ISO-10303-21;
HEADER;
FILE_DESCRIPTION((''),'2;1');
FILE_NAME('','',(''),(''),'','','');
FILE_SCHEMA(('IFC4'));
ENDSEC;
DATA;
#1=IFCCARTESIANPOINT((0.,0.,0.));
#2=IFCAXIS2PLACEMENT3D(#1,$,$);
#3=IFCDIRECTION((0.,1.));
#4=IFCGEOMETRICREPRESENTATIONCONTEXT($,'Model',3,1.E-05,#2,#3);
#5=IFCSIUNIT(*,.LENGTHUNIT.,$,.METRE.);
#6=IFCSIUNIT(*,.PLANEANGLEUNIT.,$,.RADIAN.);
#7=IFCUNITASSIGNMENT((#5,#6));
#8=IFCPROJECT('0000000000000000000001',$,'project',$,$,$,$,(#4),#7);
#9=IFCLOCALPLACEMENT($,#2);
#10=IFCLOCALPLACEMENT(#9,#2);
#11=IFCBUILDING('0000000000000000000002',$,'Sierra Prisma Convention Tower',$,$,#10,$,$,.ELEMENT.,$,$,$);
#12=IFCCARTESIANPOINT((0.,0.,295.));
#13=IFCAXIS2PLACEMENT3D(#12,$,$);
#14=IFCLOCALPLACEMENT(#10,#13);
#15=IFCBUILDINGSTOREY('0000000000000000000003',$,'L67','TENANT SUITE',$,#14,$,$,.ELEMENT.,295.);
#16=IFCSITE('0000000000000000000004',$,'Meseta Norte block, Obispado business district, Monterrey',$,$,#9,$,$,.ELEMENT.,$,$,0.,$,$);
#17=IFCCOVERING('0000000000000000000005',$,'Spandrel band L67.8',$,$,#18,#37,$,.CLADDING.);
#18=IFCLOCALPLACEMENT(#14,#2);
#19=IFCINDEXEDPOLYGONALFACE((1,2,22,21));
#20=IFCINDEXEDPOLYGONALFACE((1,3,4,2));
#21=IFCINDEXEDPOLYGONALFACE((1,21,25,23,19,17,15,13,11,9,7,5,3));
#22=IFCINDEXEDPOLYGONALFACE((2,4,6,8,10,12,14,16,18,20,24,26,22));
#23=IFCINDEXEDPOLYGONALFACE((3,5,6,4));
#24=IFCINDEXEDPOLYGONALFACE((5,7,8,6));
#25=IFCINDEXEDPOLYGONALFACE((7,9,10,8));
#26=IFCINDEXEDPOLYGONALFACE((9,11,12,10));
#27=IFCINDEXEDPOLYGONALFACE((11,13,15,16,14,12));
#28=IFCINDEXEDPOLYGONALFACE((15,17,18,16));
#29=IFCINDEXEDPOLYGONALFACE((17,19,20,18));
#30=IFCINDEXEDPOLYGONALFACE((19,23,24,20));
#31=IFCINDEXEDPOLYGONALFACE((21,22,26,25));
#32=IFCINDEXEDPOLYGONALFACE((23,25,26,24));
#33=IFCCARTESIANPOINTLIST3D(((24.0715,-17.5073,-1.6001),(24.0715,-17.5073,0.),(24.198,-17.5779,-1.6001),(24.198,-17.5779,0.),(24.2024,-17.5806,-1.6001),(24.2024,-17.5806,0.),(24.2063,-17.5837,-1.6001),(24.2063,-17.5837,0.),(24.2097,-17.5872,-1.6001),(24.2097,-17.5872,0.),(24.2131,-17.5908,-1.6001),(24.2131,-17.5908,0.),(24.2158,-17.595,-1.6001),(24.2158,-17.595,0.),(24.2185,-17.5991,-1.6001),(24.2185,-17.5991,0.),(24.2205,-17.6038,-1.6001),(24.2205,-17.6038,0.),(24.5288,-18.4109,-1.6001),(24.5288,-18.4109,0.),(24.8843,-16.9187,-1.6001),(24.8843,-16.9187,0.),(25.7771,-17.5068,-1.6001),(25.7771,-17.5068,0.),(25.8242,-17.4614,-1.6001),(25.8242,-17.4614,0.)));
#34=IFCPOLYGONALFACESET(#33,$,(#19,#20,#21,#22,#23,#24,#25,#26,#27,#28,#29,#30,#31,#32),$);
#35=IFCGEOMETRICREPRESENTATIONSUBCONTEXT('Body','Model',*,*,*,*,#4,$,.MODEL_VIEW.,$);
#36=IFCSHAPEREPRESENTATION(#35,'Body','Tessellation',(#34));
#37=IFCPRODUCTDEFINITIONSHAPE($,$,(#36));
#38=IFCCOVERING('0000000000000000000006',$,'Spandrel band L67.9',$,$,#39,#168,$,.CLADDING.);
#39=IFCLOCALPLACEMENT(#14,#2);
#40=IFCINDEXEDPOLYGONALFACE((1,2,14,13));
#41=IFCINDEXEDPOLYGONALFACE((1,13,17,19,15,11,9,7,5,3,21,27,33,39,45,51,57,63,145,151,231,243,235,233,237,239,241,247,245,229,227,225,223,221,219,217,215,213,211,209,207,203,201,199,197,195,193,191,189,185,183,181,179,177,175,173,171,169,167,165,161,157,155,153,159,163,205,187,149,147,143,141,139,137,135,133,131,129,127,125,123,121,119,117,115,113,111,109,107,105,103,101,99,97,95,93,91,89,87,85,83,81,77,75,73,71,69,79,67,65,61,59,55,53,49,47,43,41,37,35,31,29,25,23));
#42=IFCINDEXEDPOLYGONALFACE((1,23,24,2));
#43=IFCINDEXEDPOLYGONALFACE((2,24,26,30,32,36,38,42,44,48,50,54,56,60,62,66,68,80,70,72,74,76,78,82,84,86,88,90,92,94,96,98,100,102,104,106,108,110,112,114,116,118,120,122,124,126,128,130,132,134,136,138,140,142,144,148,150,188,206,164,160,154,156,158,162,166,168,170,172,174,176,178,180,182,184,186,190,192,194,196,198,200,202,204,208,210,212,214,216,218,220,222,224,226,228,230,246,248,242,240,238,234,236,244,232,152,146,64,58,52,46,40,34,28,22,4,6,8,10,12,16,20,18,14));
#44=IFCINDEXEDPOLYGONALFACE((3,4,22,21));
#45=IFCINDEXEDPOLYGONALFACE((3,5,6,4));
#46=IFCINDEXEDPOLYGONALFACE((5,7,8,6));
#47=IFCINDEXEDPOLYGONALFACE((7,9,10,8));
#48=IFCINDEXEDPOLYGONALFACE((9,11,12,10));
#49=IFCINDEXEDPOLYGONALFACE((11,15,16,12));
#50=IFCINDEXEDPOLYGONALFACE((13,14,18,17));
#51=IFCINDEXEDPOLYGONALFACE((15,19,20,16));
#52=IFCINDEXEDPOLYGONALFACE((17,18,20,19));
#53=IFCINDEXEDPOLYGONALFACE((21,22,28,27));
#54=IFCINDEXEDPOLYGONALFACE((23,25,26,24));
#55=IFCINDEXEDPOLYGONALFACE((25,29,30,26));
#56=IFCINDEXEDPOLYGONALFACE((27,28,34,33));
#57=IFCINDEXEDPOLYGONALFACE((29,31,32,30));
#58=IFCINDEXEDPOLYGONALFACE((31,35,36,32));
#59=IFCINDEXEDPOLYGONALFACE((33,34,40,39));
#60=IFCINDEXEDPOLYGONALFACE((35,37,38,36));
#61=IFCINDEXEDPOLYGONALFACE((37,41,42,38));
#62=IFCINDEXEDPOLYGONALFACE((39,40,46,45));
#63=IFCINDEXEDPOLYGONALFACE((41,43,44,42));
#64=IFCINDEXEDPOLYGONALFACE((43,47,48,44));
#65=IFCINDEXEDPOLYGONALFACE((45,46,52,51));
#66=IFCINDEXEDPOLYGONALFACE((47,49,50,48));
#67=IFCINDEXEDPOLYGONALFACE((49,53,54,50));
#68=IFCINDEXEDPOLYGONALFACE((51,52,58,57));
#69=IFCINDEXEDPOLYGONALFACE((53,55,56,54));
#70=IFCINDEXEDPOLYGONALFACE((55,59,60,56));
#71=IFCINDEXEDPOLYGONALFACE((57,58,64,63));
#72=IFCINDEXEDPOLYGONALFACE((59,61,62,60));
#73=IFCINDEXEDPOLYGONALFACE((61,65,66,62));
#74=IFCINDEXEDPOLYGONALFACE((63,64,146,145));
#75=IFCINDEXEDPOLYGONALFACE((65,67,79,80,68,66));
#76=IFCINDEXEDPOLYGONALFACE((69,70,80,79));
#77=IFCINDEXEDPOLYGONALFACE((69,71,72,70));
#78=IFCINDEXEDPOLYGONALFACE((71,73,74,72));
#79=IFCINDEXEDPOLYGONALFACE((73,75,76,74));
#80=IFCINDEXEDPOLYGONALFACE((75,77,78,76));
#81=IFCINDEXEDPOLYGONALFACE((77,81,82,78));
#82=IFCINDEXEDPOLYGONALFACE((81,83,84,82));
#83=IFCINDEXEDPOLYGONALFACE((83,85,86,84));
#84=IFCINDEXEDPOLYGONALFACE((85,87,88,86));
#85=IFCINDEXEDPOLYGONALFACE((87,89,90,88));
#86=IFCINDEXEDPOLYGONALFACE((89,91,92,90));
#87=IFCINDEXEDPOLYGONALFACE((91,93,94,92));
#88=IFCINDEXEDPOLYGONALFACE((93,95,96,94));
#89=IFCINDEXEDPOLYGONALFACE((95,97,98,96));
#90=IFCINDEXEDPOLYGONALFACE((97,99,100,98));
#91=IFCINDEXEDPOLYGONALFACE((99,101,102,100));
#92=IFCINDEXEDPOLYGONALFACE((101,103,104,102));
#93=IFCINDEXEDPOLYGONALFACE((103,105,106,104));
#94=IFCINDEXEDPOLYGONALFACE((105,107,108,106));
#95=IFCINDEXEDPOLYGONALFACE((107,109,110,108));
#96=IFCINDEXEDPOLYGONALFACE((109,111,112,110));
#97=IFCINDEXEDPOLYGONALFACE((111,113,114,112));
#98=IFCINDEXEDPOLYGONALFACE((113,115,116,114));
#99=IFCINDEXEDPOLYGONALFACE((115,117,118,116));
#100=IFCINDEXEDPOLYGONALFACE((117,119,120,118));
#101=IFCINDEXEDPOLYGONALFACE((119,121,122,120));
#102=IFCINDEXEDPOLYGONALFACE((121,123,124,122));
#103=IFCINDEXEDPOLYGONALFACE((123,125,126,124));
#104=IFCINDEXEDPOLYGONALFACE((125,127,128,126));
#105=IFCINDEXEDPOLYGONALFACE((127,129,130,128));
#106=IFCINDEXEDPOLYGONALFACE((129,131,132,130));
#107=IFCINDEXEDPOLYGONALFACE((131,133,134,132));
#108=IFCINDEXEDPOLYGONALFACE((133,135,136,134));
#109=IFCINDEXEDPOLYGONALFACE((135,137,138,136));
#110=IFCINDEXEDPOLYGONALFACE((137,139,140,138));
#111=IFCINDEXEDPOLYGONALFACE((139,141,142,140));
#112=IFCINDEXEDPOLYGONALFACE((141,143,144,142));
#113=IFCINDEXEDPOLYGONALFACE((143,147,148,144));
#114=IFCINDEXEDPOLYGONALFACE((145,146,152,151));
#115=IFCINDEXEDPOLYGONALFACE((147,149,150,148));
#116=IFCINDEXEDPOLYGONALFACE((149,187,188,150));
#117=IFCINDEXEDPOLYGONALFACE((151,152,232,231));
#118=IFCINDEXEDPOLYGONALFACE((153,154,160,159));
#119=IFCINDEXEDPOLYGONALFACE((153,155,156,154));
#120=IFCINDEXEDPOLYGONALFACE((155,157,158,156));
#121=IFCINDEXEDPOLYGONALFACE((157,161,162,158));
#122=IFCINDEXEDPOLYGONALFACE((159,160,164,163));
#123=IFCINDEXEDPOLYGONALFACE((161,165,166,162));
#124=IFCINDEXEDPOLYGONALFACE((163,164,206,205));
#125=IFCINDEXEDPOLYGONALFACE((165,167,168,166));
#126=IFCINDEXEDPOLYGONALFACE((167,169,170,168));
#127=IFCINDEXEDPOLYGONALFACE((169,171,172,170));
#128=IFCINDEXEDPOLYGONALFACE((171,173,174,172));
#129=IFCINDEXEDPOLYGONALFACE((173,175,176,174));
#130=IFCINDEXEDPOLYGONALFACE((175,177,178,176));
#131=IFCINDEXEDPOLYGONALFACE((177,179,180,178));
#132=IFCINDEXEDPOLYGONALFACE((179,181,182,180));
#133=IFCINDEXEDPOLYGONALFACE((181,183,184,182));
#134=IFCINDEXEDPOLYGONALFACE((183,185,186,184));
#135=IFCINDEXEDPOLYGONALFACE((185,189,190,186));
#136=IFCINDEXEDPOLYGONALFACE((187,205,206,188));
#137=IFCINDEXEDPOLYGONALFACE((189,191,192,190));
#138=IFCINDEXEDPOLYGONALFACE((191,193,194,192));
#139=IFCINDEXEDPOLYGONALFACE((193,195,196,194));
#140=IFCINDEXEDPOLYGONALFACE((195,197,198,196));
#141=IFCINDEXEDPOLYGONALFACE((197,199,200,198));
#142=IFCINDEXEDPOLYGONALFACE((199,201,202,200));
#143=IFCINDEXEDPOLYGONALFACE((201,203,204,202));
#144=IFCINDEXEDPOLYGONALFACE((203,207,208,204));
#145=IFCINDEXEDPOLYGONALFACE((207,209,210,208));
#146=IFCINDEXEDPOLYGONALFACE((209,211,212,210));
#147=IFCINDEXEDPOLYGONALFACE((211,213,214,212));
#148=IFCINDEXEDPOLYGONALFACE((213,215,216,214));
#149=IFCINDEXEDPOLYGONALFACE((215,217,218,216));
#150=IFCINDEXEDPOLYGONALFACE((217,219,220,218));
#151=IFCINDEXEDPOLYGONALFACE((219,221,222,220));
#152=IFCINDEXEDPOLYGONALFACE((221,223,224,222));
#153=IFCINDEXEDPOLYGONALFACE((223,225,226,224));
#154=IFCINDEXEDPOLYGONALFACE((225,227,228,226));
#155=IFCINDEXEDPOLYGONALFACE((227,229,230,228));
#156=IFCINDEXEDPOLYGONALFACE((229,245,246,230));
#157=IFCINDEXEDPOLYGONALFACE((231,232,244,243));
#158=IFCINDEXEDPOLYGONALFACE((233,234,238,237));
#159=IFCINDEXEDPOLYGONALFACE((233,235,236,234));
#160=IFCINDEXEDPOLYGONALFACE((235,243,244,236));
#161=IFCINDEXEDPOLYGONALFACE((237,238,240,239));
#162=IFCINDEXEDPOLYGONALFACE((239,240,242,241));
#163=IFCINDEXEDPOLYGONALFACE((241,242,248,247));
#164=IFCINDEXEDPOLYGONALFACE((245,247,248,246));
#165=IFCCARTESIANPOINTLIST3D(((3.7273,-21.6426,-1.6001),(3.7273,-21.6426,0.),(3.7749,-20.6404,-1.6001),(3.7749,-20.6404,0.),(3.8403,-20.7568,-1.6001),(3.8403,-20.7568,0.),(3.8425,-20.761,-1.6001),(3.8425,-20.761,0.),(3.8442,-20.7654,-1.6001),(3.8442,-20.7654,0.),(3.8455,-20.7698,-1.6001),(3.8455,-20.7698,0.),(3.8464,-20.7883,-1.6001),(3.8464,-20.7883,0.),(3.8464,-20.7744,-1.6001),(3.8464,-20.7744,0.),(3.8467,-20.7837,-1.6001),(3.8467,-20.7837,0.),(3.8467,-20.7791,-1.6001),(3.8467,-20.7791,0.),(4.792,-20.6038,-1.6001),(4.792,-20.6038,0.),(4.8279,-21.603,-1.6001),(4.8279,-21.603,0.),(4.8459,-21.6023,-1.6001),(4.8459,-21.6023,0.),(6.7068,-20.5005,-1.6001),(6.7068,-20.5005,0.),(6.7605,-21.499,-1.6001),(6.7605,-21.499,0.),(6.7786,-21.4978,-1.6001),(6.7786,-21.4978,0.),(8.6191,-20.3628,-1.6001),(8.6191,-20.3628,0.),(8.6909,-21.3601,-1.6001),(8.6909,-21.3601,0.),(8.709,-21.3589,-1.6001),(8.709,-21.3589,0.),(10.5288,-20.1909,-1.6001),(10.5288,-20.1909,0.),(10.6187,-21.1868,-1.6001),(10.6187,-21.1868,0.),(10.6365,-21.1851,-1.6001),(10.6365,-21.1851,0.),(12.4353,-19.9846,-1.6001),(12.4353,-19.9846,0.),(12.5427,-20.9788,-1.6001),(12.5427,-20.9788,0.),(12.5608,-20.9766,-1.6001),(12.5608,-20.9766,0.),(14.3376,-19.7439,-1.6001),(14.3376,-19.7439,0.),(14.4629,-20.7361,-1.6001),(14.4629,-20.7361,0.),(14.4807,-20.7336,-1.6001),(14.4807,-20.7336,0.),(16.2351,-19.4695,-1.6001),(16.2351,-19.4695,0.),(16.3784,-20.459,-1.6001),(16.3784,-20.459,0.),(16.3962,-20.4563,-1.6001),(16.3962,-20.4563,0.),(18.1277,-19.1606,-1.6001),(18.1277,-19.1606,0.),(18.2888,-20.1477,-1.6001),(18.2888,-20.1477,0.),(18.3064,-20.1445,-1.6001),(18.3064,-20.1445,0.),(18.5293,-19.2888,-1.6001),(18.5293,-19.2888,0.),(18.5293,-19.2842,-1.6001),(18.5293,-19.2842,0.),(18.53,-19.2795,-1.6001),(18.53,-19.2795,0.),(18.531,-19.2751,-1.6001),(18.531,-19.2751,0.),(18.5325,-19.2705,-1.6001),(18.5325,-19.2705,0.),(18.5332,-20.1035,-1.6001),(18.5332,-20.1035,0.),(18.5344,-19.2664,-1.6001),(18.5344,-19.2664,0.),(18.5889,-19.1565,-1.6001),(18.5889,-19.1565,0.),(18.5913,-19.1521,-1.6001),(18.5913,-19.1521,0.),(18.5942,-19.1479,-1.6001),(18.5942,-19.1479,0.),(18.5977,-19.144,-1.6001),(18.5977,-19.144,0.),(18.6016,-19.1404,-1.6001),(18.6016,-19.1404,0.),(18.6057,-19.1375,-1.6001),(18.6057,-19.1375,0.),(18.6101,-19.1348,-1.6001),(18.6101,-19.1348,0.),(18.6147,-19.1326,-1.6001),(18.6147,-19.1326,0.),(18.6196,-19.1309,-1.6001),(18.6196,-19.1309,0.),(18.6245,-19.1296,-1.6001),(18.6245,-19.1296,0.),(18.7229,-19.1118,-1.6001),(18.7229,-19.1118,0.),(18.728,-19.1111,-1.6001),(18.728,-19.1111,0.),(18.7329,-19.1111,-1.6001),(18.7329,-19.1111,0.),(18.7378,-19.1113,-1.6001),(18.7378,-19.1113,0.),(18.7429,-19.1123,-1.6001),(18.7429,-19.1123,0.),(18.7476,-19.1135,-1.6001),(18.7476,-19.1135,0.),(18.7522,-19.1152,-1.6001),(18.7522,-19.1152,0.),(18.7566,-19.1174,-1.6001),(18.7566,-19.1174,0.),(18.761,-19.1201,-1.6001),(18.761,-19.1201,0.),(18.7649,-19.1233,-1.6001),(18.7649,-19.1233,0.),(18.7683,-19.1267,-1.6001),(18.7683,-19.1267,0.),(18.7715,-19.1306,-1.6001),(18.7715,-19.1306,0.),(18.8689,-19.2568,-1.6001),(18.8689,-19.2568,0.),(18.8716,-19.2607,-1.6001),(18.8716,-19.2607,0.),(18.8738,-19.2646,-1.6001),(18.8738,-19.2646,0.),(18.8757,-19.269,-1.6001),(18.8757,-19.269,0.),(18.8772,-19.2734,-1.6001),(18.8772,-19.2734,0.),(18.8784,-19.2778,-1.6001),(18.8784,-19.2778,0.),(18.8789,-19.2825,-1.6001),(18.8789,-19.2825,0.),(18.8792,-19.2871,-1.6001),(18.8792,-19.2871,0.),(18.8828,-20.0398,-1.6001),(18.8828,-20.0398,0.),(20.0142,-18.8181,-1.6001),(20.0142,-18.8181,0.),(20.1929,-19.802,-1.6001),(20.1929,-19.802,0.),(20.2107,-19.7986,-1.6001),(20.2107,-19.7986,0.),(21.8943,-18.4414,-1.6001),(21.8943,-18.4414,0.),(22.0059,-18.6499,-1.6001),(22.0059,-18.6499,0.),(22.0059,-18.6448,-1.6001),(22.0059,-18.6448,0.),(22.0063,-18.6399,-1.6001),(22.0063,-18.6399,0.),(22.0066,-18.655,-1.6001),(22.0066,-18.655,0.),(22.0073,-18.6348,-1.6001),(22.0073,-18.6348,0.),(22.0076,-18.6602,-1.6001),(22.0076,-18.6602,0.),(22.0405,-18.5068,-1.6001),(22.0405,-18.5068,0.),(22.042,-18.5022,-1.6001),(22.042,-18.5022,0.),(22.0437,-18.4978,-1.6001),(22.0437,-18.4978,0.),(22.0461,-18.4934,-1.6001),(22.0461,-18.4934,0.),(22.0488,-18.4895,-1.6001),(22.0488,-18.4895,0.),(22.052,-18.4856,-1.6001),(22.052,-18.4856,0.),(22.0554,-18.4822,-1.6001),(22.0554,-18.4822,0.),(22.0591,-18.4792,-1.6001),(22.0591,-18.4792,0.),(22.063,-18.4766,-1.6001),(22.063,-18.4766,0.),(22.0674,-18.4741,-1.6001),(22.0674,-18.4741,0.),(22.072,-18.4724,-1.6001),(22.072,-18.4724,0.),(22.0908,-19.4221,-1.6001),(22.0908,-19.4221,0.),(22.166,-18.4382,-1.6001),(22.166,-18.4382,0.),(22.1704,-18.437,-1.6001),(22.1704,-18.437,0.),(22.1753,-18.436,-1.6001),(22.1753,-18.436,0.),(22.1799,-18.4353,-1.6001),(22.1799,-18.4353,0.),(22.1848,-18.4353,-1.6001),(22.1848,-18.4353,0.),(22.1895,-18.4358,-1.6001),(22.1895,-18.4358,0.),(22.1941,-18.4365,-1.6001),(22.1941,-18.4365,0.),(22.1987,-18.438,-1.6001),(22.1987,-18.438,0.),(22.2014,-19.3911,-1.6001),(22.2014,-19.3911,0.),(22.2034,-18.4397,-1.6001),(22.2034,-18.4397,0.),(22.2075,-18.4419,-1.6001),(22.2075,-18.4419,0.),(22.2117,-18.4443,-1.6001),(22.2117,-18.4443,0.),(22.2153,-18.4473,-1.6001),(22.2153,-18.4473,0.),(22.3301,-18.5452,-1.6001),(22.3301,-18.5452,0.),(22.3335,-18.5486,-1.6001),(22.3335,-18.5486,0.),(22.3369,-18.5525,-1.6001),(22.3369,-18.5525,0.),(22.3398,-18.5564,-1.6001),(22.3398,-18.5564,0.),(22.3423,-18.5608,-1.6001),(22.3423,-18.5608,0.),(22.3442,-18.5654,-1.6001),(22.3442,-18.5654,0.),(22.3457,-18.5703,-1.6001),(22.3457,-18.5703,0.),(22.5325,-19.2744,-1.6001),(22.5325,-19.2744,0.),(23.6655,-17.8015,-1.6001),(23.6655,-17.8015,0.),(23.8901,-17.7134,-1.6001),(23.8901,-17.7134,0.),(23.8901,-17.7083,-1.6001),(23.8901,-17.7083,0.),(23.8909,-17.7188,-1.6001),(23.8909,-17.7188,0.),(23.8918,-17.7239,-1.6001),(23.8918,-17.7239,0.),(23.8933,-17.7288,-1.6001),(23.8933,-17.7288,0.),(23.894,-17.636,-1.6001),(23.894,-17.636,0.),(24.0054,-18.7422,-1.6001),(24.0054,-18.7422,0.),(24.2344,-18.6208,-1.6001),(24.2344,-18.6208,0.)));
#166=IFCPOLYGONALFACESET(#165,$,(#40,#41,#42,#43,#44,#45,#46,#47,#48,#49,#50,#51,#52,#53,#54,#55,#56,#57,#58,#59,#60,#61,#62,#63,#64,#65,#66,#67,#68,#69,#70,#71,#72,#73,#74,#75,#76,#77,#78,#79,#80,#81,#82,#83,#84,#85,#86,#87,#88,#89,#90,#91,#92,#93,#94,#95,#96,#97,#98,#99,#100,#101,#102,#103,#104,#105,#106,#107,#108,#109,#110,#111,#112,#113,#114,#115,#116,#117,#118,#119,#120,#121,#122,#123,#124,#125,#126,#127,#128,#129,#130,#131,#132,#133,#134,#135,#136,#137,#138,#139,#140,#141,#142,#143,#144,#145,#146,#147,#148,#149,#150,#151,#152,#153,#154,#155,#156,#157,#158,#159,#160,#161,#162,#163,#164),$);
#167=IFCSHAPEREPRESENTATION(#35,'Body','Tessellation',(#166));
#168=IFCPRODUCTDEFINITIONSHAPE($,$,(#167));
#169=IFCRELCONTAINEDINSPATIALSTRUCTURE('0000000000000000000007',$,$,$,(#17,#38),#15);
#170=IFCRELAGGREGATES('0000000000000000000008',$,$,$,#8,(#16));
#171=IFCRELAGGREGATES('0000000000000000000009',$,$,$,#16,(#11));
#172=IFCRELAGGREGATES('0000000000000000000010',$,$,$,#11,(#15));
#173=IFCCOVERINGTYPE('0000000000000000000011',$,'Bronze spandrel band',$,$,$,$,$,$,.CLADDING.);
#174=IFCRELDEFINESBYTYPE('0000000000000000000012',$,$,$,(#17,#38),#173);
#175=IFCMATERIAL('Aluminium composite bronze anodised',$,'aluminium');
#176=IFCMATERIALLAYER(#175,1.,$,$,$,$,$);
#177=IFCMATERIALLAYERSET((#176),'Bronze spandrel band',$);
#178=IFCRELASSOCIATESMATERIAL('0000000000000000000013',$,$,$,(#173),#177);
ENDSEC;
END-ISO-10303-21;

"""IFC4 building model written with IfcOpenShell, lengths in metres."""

from ifc_helpers import new_model, si_unit, direction, frame, origin, place, context, subcontext, project, spatial, polyline, outline, extrude, material, layer, layer_set, type_object, element, save


model = new_model("IFC4")

# Units and contexts
model_context = context("Model", 3, precision=1e-05, world=origin(), true_north=direction((0.0, 1.0)))
body_context = subcontext(model_context, "Body", "Model", "MODEL_VIEW")
ifc_project = project(units=[si_unit("LENGTHUNIT", "METRE"), si_unit("PLANEANGLEUNIT", "RADIAN")], contexts=[model_context])

# Site, building, storey
site_placement = place(None, origin())
site = spatial("IfcSite", under=ifc_project, at=site_placement, Name="Meseta Norte block, Obispado business district, Monterrey", CompositionType="ELEMENT", RefElevation=0.0)
building_placement = place(site_placement, origin())
building = spatial("IfcBuilding", under=site, at=building_placement, Name="Sierra Prisma Convention Tower", CompositionType="ELEMENT")
storey_placement = place(building_placement, frame((0.0, 0.0, 295.0)))
storey = spatial("IfcBuildingStorey", under=building, at=storey_placement, Name="L67", Description="TENANT SUITE", CompositionType="ELEMENT", Elevation=295.0)

# Coverings
ifc_material_1 = material(Name="Aluminium composite bronze anodised", Category="aluminium")
ifc_layer_1 = layer(ifc_material_1, 1.0)
ifc_layer_set_1 = layer_set([ifc_layer_1], Name="Bronze spandrel band")
covering_type_1 = type_object("IfcCoveringType", Name="Bronze spandrel band", PredefinedType="CLADDING", material=ifc_layer_set_1)
covering_1_placement = place(storey_placement, frame((0.0, 0.0, -1.6001)))
element("IfcCovering", 1, at=covering_1_placement, inside=storey, type_object=covering_type_1, Name="Spandrel band L67.8", PredefinedType="CLADDING", context=body_context, shape_type="SweptSolid", body=[
    extrude(outline(polyline([(24.2185, -17.5991), (24.2158, -17.595), (24.2131, -17.5908), (24.2097, -17.5872), (24.2063, -17.5837), (24.2024, -17.5806), (24.198, -17.5779), (24.0715, -17.5073), (24.8843, -16.9187), (25.8242, -17.4614), (25.7771, -17.5068), (24.5288, -18.4109), (24.2205, -17.6038), (24.2185, -17.5991)])), origin(), (0.0, 0.0, 1.0), 1.6001),
])
covering_2_placement = place(storey_placement, frame((0.0, 0.0, -1.6001)))
element("IfcCovering", 2, at=covering_2_placement, inside=storey, type_object=covering_type_1, Name="Spandrel band L67.9", PredefinedType="CLADDING", context=body_context, shape_type="SweptSolid", body=[
    extrude(outline(polyline([(22.1799, -18.4353), (22.1753, -18.436), (22.1704, -18.437), (22.166, -18.4382), (22.072, -18.4724), (22.0674, -18.4741), (22.063, -18.4766), (22.0591, -18.4792), (22.0554, -18.4822), (22.052, -18.4856), (22.0488, -18.4895), (22.0461, -18.4934), (22.0437, -18.4978), (22.042, -18.5022), (22.0405, -18.5068), (22.0073, -18.6348), (22.0063, -18.6399), (22.0059, -18.6448), (22.0059, -18.6499), (22.0066, -18.655), (22.0076, -18.6602), (22.2014, -19.3911), (22.0908, -19.4221), (20.2107, -19.7986), (20.1929, -19.802), (18.8828, -20.0398), (18.8792, -19.2871), (18.8789, -19.2825), (18.8784, -19.2778), (18.8772, -19.2734), (18.8757, -19.269), (18.8738, -19.2646), (18.8716, -19.2607), (18.8689, -19.2568), (18.7715, -19.1306), (18.7683, -19.1267), (18.7649, -19.1233), (18.761, -19.1201), (18.7566, -19.1174), (18.7522, -19.1152), (18.7476, -19.1135), (18.7429, -19.1123), (18.7378, -19.1113), (18.7329, -19.1111), (18.728, -19.1111), (18.7229, -19.1118), (18.6245, -19.1296), (18.6196, -19.1309), (18.6147, -19.1326), (18.6101, -19.1348), (18.6057, -19.1375), (18.6016, -19.1404), (18.5977, -19.144), (18.5942, -19.1479), (18.5913, -19.1521), (18.5889, -19.1565), (18.5344, -19.2664), (18.5325, -19.2705), (18.531, -19.2751), (18.53, -19.2795), (18.5293, -19.2842), (18.5293, -19.2888), (18.5332, -20.1035), (18.3064, -20.1445), (18.2888, -20.1477), (16.3962, -20.4563), (16.3784, -20.459), (14.4807, -20.7336), (14.4629, -20.7361), (12.5608, -20.9766), (12.5427, -20.9788), (10.6365, -21.1851), (10.6187, -21.1868), (8.709, -21.3589), (8.6909, -21.3601), (6.7786, -21.4978), (6.7605, -21.499), (4.8459, -21.6023), (4.8279, -21.603), (3.7273, -21.6426), (3.8464, -20.7883), (3.8467, -20.7837), (3.8467, -20.7791), (3.8464, -20.7744), (3.8455, -20.7698), (3.8442, -20.7654), (3.8425, -20.761), (3.8403, -20.7568), (3.7749, -20.6404), (4.792, -20.6038), (6.7068, -20.5005), (8.6191, -20.3628), (10.5288, -20.1909), (12.4353, -19.9846), (14.3376, -19.7439), (16.2351, -19.4695), (18.1277, -19.1606), (20.0142, -18.8181), (21.8943, -18.4414), (23.6655, -17.8015), (23.894, -17.636), (23.8901, -17.7083), (23.8901, -17.7134), (23.8909, -17.7188), (23.8918, -17.7239), (23.8933, -17.7288), (24.2344, -18.6208), (24.0054, -18.7422), (22.5325, -19.2744), (22.3457, -18.5703), (22.3442, -18.5654), (22.3423, -18.5608), (22.3398, -18.5564), (22.3369, -18.5525), (22.3335, -18.5486), (22.3301, -18.5452), (22.2153, -18.4473), (22.2117, -18.4443), (22.2075, -18.4419), (22.2034, -18.4397), (22.1987, -18.438), (22.1941, -18.4365), (22.1895, -18.4358), (22.1848, -18.4353), (22.1799, -18.4353)])), origin(), (0.0, 0.0, 1.0), 1.6001),
])

save(model, "model.ifc")
